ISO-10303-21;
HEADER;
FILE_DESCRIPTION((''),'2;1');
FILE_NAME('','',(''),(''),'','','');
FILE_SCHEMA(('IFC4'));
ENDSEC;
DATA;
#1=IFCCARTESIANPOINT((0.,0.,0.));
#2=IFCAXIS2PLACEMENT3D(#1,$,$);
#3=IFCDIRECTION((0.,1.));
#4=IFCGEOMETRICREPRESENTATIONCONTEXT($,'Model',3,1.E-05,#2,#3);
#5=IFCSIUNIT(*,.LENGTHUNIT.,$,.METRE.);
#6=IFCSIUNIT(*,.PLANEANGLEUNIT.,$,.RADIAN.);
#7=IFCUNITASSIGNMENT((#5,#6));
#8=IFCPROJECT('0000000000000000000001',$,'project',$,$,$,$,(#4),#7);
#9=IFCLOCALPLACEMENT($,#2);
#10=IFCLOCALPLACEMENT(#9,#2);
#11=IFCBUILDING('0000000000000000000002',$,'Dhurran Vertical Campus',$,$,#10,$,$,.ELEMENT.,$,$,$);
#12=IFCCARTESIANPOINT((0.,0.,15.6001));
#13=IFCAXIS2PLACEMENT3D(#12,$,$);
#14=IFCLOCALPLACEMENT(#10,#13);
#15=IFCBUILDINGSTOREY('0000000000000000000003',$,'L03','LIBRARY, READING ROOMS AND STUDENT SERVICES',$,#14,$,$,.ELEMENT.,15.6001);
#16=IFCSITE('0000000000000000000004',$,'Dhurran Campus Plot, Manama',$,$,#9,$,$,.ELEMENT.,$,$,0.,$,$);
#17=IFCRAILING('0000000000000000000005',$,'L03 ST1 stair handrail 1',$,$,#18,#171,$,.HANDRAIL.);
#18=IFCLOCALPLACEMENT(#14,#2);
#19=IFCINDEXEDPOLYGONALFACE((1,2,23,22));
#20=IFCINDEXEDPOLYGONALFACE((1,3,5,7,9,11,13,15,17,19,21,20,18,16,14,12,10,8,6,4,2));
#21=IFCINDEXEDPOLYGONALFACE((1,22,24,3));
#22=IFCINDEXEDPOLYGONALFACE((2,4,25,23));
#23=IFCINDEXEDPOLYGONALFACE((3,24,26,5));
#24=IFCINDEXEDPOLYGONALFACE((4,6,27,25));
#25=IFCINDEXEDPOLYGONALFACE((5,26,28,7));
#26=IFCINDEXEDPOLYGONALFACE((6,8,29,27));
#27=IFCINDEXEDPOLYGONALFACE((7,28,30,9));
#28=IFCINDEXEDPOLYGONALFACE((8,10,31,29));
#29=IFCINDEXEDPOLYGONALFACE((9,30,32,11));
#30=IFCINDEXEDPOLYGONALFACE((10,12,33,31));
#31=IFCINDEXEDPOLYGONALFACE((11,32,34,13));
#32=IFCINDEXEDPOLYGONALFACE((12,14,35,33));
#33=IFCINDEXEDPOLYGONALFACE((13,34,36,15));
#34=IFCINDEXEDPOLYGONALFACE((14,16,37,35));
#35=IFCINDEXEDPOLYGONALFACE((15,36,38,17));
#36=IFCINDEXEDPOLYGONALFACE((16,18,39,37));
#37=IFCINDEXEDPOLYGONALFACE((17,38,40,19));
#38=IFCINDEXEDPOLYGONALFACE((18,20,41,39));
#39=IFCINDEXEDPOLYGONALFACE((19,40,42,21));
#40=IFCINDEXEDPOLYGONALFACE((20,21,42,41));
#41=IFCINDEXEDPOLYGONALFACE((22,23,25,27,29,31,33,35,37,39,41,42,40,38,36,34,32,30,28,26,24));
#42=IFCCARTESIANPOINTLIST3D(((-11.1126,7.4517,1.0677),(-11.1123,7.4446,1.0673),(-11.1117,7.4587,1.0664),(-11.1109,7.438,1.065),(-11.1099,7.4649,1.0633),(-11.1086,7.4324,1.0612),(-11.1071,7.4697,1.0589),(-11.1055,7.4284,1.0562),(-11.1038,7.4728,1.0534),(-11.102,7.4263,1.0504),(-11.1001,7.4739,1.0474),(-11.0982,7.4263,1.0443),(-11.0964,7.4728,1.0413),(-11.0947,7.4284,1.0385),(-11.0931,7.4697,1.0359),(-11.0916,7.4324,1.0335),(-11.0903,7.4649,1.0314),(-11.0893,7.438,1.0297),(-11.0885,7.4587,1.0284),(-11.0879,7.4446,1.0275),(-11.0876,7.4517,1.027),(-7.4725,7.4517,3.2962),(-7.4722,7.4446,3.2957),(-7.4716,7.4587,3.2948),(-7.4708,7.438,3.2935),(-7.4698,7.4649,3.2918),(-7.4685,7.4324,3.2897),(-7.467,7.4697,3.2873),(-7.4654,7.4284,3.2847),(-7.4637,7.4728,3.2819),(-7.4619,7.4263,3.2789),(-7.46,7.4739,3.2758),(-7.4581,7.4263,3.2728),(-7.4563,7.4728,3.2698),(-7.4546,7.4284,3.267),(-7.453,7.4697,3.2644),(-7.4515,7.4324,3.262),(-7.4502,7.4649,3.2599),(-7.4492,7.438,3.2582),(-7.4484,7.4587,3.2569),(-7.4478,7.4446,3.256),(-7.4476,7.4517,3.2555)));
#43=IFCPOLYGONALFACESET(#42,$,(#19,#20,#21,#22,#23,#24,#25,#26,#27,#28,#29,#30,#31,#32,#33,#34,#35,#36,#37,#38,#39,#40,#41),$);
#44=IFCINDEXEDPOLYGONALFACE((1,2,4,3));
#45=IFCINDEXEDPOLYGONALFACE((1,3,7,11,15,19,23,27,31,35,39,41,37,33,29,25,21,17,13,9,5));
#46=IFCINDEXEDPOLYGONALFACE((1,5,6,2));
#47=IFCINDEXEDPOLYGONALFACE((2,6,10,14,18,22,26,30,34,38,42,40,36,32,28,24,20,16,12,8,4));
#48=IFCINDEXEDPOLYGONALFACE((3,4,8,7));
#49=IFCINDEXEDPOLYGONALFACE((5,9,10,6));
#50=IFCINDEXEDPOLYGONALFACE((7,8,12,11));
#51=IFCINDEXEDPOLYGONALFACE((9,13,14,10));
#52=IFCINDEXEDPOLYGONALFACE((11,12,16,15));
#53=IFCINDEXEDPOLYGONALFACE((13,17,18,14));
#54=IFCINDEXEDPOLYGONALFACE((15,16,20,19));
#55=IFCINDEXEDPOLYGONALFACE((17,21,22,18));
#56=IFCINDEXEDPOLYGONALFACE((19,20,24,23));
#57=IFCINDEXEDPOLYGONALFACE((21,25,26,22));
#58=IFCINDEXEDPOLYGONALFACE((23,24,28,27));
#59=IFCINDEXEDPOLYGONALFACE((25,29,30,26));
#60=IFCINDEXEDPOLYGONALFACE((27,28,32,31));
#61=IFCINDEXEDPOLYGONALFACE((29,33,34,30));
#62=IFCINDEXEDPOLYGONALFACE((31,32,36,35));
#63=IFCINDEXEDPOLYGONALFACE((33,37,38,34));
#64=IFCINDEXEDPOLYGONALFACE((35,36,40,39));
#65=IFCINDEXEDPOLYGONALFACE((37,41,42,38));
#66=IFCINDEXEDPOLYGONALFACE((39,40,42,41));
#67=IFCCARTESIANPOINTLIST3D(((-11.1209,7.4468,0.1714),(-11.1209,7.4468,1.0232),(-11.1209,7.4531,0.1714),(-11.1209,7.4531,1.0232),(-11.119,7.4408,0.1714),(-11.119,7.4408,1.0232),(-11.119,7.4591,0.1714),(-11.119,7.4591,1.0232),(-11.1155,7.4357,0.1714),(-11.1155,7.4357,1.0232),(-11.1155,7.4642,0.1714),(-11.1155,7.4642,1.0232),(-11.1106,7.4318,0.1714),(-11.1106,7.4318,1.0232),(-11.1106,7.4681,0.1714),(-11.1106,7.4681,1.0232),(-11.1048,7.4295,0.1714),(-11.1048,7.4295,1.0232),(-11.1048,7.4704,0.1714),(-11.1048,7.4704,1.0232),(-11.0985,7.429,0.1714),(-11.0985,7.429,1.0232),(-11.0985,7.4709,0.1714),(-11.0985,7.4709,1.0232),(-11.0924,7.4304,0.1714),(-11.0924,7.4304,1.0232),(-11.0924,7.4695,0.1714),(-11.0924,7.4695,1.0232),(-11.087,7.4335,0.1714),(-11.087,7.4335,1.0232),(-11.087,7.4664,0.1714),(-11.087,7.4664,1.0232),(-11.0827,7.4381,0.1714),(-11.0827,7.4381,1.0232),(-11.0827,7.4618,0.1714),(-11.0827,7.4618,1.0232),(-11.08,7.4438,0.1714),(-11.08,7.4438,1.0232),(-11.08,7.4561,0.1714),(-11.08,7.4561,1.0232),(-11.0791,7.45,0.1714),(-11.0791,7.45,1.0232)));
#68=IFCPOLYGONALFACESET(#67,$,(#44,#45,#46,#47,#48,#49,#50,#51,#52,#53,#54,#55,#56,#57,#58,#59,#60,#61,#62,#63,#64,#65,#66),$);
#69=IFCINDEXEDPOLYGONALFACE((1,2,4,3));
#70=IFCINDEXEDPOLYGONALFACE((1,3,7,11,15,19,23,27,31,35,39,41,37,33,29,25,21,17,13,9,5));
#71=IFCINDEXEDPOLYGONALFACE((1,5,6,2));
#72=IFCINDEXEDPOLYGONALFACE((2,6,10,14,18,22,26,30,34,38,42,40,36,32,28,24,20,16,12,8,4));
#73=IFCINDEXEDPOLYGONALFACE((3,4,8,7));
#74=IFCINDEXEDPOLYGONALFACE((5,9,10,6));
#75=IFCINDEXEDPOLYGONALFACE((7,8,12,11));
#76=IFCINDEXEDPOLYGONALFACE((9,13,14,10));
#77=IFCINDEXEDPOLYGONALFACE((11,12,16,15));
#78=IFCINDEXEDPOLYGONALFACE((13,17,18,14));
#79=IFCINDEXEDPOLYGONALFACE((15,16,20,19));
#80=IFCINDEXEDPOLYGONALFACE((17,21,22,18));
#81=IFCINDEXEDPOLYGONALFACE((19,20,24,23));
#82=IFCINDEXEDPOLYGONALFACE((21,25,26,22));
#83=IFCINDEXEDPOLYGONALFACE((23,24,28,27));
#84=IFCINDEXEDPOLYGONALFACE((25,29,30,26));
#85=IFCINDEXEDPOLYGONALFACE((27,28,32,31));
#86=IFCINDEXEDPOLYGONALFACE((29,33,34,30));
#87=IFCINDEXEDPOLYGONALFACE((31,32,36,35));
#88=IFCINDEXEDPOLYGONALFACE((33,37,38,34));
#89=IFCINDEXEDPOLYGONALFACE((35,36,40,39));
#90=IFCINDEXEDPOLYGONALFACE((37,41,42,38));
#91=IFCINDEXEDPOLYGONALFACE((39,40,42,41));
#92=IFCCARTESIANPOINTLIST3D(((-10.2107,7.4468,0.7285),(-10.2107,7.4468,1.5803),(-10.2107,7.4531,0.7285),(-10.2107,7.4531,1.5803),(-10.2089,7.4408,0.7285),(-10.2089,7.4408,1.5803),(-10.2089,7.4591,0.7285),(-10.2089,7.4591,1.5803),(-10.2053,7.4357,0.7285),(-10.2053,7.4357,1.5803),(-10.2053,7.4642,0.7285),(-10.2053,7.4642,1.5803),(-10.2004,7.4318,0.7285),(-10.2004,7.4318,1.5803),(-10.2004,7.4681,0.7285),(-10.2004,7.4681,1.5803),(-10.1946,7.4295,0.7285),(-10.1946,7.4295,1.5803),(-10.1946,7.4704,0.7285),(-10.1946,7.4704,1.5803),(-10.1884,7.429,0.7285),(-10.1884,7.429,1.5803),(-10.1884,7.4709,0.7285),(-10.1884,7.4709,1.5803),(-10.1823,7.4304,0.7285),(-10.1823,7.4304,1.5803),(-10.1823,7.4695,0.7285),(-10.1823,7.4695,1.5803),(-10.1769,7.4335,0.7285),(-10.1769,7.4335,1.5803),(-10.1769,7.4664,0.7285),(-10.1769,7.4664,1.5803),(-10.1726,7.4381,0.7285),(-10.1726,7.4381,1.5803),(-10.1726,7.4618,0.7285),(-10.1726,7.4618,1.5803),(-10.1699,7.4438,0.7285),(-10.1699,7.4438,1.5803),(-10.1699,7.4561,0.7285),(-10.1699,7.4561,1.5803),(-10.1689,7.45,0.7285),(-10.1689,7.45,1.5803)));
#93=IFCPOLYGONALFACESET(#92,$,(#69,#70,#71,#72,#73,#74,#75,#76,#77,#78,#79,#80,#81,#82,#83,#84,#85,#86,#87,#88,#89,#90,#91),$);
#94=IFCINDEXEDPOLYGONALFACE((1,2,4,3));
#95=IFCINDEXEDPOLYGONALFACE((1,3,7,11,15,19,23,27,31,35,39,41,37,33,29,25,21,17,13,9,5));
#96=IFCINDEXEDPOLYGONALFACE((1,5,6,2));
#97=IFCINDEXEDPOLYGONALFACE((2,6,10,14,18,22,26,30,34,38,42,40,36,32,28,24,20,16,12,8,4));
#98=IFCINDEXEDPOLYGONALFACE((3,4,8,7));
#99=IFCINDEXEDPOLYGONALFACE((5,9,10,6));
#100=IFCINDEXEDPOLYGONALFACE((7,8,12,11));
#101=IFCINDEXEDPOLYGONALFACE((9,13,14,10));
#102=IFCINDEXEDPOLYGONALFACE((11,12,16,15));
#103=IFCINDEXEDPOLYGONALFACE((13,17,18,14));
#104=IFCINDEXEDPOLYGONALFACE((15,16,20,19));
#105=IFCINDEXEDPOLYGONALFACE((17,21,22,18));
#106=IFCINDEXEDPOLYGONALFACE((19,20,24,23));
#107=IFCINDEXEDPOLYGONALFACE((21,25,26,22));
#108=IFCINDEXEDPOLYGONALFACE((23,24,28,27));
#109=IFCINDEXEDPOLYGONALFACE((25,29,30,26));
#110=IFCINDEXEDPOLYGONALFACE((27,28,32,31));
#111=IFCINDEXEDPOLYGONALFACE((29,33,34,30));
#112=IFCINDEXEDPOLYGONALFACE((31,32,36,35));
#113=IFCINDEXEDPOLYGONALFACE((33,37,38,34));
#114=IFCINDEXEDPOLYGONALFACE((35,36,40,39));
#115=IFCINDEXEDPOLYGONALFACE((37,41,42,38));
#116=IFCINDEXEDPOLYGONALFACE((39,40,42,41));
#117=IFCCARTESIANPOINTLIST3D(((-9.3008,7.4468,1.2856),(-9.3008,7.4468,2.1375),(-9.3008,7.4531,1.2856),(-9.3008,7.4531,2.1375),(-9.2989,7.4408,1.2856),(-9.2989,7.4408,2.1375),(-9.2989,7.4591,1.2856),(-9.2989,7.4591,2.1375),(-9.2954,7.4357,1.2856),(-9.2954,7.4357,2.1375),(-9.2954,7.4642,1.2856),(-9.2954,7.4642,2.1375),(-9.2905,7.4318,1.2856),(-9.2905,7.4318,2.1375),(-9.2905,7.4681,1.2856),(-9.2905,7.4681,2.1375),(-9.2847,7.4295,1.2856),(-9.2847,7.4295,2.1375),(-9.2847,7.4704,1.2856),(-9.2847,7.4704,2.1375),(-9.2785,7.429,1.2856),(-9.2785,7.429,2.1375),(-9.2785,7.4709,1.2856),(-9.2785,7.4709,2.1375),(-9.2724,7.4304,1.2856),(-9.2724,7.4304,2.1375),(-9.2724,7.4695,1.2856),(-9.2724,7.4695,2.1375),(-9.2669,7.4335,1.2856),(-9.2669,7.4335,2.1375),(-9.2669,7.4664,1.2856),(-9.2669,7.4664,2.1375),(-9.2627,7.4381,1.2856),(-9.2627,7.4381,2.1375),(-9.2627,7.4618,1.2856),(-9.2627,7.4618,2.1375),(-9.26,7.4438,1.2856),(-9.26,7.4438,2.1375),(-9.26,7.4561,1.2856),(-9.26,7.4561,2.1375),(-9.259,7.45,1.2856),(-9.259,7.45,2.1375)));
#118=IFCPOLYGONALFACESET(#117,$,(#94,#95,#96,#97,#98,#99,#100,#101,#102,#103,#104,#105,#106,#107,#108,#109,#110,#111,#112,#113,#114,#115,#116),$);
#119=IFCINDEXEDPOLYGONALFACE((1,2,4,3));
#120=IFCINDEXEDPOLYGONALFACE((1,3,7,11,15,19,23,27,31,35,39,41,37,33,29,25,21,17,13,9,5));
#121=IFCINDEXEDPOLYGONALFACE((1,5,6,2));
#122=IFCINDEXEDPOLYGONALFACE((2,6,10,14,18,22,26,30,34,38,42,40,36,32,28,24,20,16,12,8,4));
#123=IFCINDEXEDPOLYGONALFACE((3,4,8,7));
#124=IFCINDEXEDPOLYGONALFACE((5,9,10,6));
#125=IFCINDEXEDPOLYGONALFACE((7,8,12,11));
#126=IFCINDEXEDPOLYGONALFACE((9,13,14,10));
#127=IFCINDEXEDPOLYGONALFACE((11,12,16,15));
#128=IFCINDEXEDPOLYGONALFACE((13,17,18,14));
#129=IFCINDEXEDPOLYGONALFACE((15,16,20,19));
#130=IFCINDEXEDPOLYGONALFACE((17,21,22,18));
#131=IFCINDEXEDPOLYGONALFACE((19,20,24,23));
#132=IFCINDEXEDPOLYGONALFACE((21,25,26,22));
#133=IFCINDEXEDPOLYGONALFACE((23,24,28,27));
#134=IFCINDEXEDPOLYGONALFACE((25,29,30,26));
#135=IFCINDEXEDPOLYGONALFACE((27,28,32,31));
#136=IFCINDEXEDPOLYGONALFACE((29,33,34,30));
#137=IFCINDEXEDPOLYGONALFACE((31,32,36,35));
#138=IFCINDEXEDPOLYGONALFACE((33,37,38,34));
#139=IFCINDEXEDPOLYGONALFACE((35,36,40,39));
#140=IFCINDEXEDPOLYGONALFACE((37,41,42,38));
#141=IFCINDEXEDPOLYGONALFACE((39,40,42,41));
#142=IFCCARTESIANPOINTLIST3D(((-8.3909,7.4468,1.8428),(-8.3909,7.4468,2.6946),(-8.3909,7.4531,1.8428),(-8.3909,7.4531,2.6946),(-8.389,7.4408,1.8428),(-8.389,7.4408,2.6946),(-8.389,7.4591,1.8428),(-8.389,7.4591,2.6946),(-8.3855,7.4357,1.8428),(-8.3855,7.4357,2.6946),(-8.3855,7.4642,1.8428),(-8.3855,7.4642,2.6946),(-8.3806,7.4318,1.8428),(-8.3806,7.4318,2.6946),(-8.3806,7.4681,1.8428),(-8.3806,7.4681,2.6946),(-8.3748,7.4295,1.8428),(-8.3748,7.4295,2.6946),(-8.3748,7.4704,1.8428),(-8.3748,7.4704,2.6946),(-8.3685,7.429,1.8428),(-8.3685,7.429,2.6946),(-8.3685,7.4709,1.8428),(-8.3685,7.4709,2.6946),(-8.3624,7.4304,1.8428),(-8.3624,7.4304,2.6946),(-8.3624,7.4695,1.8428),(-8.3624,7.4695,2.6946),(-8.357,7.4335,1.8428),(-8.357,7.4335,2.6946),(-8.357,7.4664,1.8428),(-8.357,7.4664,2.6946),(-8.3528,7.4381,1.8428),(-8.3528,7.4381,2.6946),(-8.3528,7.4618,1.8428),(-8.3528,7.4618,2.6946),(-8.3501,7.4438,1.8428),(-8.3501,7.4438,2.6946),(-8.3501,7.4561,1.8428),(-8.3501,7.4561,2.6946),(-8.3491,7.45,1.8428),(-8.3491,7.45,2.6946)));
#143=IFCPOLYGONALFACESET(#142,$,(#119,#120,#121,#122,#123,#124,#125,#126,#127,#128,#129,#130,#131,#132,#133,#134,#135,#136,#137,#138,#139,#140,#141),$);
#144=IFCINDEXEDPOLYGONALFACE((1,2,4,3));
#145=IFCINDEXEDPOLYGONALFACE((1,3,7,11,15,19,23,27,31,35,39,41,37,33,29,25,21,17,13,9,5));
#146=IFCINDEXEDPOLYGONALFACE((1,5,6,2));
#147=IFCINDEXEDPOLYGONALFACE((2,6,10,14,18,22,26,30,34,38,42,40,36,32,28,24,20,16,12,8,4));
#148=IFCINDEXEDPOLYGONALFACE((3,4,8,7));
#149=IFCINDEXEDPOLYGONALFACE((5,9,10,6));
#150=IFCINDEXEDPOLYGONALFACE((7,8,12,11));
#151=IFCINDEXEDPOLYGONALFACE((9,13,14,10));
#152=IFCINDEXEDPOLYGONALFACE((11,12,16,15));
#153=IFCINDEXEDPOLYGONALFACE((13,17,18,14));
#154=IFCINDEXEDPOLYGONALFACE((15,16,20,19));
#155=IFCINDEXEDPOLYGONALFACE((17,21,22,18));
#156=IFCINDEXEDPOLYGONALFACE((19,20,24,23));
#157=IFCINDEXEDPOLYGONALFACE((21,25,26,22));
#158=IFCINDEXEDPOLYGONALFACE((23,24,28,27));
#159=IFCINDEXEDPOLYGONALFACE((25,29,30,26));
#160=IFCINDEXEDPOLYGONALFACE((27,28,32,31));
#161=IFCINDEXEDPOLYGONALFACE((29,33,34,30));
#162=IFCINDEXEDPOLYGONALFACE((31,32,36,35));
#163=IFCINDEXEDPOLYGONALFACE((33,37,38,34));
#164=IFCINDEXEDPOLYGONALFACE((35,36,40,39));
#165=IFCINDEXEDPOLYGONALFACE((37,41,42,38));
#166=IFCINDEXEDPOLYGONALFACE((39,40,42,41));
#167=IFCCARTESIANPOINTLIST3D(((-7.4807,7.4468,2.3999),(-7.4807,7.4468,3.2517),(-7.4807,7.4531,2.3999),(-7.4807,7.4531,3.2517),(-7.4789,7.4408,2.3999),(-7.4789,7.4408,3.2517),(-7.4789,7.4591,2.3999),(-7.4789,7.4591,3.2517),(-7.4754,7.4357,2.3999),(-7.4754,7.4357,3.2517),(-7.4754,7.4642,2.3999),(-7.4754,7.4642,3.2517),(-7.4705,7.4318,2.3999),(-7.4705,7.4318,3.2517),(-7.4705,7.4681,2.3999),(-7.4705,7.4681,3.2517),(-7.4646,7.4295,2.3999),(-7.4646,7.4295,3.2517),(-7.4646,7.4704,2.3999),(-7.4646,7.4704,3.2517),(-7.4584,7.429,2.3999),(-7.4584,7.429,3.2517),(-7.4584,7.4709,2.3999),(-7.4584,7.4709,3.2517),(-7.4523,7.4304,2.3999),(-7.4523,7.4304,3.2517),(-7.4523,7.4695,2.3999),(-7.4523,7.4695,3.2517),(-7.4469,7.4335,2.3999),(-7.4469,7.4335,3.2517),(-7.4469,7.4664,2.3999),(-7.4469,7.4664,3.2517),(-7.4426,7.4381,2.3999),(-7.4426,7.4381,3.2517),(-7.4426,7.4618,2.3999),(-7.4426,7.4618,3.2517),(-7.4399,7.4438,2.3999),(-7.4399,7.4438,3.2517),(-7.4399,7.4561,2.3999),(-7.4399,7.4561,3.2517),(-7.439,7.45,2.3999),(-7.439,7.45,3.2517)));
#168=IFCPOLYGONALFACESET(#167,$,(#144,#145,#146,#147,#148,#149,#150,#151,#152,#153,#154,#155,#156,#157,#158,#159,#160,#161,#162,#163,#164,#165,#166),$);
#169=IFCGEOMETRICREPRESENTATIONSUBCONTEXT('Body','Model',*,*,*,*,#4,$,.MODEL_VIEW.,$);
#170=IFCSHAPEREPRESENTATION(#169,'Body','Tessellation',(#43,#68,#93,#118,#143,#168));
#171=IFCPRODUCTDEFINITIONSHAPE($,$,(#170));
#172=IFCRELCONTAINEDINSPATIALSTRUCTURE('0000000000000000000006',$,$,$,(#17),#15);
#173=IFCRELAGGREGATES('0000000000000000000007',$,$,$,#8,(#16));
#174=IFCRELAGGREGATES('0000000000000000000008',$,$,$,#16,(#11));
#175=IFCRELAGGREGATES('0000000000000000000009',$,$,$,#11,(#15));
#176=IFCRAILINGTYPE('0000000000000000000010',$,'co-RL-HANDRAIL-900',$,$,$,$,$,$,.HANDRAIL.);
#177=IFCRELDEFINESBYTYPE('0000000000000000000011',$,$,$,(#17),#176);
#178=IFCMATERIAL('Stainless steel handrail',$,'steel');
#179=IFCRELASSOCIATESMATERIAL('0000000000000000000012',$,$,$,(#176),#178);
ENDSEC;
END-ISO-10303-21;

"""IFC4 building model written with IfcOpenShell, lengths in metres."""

from ifc_helpers import new_model, si_unit, direction, frame, origin, origin_2d, place, context, subcontext, project, spatial, circle, extrude, material, type_object, element, save


model = new_model("IFC4")

# Units and contexts
model_context = context("Model", 3, precision=1e-05, world=origin(), true_north=direction((0.0, 1.0)))
body_context = subcontext(model_context, "Body", "Model", "MODEL_VIEW")
ifc_project = project(units=[si_unit("LENGTHUNIT", "METRE"), si_unit("PLANEANGLEUNIT", "RADIAN")], contexts=[model_context])

# Site, building, storey
site_placement = place(None, origin())
site = spatial("IfcSite", under=ifc_project, at=site_placement, Name="Dhurran Campus Plot, Manama", CompositionType="ELEMENT", RefElevation=0.0)
building_placement = place(site_placement, origin())
building = spatial("IfcBuilding", under=site, at=building_placement, Name="Dhurran Vertical Campus", CompositionType="ELEMENT")
storey_placement = place(building_placement, frame((0.0, 0.0, 15.6001)))
storey = spatial("IfcBuildingStorey", under=building, at=storey_placement, Name="L03", Description="LIBRARY, READING ROOMS AND STUDENT SERVICES", CompositionType="ELEMENT", Elevation=15.6001)

# Railing
ifc_material_1 = material(Name="Stainless steel handrail", Category="steel")
railing_type_1 = type_object("IfcRailingType", Name="co-RL-HANDRAIL-900", PredefinedType="HANDRAIL", material=ifc_material_1)
railing_1_placement = place(storey_placement, frame((-11.1001, 7.45, 0.1714)))
element("IfcRailing", 1, at=railing_1_placement, inside=storey, type_object=railing_type_1, Name="L03 ST1 stair handrail 1", PredefinedType="HANDRAIL", context=body_context, shape_type="SweptSolid", body=[
    extrude(circle(Radius=0.0239, at=origin_2d()), frame((0.0, 0.0, 0.876), z_axis=(0.852866, 0.0, 0.52213), x_axis=(0.0, 1.0, 0.0)), (0.0, 0.0, 1.0), 4.2681),
    extrude(circle(Radius=0.021, at=origin_2d()), origin(), (0.0, 0.0, 1.0), 0.8518),
    extrude(circle(Radius=0.021, at=origin_2d()), frame((0.9102, 0.0, 0.5571)), (0.0, 0.0, 1.0), 0.8518),
    extrude(circle(Radius=0.021, at=origin_2d()), frame((1.8201, 0.0, 1.1143)), (0.0, 0.0, 1.0), 0.8518),
    extrude(circle(Radius=0.021, at=origin_2d()), frame((2.73, 0.0, 1.6714)), (0.0, 0.0, 1.0), 0.8518),
    extrude(circle(Radius=0.021, at=origin_2d()), frame((3.6401, 0.0, 2.2285)), (0.0, 0.0, 1.0), 0.8518),
])

save(model, "model.ifc")
